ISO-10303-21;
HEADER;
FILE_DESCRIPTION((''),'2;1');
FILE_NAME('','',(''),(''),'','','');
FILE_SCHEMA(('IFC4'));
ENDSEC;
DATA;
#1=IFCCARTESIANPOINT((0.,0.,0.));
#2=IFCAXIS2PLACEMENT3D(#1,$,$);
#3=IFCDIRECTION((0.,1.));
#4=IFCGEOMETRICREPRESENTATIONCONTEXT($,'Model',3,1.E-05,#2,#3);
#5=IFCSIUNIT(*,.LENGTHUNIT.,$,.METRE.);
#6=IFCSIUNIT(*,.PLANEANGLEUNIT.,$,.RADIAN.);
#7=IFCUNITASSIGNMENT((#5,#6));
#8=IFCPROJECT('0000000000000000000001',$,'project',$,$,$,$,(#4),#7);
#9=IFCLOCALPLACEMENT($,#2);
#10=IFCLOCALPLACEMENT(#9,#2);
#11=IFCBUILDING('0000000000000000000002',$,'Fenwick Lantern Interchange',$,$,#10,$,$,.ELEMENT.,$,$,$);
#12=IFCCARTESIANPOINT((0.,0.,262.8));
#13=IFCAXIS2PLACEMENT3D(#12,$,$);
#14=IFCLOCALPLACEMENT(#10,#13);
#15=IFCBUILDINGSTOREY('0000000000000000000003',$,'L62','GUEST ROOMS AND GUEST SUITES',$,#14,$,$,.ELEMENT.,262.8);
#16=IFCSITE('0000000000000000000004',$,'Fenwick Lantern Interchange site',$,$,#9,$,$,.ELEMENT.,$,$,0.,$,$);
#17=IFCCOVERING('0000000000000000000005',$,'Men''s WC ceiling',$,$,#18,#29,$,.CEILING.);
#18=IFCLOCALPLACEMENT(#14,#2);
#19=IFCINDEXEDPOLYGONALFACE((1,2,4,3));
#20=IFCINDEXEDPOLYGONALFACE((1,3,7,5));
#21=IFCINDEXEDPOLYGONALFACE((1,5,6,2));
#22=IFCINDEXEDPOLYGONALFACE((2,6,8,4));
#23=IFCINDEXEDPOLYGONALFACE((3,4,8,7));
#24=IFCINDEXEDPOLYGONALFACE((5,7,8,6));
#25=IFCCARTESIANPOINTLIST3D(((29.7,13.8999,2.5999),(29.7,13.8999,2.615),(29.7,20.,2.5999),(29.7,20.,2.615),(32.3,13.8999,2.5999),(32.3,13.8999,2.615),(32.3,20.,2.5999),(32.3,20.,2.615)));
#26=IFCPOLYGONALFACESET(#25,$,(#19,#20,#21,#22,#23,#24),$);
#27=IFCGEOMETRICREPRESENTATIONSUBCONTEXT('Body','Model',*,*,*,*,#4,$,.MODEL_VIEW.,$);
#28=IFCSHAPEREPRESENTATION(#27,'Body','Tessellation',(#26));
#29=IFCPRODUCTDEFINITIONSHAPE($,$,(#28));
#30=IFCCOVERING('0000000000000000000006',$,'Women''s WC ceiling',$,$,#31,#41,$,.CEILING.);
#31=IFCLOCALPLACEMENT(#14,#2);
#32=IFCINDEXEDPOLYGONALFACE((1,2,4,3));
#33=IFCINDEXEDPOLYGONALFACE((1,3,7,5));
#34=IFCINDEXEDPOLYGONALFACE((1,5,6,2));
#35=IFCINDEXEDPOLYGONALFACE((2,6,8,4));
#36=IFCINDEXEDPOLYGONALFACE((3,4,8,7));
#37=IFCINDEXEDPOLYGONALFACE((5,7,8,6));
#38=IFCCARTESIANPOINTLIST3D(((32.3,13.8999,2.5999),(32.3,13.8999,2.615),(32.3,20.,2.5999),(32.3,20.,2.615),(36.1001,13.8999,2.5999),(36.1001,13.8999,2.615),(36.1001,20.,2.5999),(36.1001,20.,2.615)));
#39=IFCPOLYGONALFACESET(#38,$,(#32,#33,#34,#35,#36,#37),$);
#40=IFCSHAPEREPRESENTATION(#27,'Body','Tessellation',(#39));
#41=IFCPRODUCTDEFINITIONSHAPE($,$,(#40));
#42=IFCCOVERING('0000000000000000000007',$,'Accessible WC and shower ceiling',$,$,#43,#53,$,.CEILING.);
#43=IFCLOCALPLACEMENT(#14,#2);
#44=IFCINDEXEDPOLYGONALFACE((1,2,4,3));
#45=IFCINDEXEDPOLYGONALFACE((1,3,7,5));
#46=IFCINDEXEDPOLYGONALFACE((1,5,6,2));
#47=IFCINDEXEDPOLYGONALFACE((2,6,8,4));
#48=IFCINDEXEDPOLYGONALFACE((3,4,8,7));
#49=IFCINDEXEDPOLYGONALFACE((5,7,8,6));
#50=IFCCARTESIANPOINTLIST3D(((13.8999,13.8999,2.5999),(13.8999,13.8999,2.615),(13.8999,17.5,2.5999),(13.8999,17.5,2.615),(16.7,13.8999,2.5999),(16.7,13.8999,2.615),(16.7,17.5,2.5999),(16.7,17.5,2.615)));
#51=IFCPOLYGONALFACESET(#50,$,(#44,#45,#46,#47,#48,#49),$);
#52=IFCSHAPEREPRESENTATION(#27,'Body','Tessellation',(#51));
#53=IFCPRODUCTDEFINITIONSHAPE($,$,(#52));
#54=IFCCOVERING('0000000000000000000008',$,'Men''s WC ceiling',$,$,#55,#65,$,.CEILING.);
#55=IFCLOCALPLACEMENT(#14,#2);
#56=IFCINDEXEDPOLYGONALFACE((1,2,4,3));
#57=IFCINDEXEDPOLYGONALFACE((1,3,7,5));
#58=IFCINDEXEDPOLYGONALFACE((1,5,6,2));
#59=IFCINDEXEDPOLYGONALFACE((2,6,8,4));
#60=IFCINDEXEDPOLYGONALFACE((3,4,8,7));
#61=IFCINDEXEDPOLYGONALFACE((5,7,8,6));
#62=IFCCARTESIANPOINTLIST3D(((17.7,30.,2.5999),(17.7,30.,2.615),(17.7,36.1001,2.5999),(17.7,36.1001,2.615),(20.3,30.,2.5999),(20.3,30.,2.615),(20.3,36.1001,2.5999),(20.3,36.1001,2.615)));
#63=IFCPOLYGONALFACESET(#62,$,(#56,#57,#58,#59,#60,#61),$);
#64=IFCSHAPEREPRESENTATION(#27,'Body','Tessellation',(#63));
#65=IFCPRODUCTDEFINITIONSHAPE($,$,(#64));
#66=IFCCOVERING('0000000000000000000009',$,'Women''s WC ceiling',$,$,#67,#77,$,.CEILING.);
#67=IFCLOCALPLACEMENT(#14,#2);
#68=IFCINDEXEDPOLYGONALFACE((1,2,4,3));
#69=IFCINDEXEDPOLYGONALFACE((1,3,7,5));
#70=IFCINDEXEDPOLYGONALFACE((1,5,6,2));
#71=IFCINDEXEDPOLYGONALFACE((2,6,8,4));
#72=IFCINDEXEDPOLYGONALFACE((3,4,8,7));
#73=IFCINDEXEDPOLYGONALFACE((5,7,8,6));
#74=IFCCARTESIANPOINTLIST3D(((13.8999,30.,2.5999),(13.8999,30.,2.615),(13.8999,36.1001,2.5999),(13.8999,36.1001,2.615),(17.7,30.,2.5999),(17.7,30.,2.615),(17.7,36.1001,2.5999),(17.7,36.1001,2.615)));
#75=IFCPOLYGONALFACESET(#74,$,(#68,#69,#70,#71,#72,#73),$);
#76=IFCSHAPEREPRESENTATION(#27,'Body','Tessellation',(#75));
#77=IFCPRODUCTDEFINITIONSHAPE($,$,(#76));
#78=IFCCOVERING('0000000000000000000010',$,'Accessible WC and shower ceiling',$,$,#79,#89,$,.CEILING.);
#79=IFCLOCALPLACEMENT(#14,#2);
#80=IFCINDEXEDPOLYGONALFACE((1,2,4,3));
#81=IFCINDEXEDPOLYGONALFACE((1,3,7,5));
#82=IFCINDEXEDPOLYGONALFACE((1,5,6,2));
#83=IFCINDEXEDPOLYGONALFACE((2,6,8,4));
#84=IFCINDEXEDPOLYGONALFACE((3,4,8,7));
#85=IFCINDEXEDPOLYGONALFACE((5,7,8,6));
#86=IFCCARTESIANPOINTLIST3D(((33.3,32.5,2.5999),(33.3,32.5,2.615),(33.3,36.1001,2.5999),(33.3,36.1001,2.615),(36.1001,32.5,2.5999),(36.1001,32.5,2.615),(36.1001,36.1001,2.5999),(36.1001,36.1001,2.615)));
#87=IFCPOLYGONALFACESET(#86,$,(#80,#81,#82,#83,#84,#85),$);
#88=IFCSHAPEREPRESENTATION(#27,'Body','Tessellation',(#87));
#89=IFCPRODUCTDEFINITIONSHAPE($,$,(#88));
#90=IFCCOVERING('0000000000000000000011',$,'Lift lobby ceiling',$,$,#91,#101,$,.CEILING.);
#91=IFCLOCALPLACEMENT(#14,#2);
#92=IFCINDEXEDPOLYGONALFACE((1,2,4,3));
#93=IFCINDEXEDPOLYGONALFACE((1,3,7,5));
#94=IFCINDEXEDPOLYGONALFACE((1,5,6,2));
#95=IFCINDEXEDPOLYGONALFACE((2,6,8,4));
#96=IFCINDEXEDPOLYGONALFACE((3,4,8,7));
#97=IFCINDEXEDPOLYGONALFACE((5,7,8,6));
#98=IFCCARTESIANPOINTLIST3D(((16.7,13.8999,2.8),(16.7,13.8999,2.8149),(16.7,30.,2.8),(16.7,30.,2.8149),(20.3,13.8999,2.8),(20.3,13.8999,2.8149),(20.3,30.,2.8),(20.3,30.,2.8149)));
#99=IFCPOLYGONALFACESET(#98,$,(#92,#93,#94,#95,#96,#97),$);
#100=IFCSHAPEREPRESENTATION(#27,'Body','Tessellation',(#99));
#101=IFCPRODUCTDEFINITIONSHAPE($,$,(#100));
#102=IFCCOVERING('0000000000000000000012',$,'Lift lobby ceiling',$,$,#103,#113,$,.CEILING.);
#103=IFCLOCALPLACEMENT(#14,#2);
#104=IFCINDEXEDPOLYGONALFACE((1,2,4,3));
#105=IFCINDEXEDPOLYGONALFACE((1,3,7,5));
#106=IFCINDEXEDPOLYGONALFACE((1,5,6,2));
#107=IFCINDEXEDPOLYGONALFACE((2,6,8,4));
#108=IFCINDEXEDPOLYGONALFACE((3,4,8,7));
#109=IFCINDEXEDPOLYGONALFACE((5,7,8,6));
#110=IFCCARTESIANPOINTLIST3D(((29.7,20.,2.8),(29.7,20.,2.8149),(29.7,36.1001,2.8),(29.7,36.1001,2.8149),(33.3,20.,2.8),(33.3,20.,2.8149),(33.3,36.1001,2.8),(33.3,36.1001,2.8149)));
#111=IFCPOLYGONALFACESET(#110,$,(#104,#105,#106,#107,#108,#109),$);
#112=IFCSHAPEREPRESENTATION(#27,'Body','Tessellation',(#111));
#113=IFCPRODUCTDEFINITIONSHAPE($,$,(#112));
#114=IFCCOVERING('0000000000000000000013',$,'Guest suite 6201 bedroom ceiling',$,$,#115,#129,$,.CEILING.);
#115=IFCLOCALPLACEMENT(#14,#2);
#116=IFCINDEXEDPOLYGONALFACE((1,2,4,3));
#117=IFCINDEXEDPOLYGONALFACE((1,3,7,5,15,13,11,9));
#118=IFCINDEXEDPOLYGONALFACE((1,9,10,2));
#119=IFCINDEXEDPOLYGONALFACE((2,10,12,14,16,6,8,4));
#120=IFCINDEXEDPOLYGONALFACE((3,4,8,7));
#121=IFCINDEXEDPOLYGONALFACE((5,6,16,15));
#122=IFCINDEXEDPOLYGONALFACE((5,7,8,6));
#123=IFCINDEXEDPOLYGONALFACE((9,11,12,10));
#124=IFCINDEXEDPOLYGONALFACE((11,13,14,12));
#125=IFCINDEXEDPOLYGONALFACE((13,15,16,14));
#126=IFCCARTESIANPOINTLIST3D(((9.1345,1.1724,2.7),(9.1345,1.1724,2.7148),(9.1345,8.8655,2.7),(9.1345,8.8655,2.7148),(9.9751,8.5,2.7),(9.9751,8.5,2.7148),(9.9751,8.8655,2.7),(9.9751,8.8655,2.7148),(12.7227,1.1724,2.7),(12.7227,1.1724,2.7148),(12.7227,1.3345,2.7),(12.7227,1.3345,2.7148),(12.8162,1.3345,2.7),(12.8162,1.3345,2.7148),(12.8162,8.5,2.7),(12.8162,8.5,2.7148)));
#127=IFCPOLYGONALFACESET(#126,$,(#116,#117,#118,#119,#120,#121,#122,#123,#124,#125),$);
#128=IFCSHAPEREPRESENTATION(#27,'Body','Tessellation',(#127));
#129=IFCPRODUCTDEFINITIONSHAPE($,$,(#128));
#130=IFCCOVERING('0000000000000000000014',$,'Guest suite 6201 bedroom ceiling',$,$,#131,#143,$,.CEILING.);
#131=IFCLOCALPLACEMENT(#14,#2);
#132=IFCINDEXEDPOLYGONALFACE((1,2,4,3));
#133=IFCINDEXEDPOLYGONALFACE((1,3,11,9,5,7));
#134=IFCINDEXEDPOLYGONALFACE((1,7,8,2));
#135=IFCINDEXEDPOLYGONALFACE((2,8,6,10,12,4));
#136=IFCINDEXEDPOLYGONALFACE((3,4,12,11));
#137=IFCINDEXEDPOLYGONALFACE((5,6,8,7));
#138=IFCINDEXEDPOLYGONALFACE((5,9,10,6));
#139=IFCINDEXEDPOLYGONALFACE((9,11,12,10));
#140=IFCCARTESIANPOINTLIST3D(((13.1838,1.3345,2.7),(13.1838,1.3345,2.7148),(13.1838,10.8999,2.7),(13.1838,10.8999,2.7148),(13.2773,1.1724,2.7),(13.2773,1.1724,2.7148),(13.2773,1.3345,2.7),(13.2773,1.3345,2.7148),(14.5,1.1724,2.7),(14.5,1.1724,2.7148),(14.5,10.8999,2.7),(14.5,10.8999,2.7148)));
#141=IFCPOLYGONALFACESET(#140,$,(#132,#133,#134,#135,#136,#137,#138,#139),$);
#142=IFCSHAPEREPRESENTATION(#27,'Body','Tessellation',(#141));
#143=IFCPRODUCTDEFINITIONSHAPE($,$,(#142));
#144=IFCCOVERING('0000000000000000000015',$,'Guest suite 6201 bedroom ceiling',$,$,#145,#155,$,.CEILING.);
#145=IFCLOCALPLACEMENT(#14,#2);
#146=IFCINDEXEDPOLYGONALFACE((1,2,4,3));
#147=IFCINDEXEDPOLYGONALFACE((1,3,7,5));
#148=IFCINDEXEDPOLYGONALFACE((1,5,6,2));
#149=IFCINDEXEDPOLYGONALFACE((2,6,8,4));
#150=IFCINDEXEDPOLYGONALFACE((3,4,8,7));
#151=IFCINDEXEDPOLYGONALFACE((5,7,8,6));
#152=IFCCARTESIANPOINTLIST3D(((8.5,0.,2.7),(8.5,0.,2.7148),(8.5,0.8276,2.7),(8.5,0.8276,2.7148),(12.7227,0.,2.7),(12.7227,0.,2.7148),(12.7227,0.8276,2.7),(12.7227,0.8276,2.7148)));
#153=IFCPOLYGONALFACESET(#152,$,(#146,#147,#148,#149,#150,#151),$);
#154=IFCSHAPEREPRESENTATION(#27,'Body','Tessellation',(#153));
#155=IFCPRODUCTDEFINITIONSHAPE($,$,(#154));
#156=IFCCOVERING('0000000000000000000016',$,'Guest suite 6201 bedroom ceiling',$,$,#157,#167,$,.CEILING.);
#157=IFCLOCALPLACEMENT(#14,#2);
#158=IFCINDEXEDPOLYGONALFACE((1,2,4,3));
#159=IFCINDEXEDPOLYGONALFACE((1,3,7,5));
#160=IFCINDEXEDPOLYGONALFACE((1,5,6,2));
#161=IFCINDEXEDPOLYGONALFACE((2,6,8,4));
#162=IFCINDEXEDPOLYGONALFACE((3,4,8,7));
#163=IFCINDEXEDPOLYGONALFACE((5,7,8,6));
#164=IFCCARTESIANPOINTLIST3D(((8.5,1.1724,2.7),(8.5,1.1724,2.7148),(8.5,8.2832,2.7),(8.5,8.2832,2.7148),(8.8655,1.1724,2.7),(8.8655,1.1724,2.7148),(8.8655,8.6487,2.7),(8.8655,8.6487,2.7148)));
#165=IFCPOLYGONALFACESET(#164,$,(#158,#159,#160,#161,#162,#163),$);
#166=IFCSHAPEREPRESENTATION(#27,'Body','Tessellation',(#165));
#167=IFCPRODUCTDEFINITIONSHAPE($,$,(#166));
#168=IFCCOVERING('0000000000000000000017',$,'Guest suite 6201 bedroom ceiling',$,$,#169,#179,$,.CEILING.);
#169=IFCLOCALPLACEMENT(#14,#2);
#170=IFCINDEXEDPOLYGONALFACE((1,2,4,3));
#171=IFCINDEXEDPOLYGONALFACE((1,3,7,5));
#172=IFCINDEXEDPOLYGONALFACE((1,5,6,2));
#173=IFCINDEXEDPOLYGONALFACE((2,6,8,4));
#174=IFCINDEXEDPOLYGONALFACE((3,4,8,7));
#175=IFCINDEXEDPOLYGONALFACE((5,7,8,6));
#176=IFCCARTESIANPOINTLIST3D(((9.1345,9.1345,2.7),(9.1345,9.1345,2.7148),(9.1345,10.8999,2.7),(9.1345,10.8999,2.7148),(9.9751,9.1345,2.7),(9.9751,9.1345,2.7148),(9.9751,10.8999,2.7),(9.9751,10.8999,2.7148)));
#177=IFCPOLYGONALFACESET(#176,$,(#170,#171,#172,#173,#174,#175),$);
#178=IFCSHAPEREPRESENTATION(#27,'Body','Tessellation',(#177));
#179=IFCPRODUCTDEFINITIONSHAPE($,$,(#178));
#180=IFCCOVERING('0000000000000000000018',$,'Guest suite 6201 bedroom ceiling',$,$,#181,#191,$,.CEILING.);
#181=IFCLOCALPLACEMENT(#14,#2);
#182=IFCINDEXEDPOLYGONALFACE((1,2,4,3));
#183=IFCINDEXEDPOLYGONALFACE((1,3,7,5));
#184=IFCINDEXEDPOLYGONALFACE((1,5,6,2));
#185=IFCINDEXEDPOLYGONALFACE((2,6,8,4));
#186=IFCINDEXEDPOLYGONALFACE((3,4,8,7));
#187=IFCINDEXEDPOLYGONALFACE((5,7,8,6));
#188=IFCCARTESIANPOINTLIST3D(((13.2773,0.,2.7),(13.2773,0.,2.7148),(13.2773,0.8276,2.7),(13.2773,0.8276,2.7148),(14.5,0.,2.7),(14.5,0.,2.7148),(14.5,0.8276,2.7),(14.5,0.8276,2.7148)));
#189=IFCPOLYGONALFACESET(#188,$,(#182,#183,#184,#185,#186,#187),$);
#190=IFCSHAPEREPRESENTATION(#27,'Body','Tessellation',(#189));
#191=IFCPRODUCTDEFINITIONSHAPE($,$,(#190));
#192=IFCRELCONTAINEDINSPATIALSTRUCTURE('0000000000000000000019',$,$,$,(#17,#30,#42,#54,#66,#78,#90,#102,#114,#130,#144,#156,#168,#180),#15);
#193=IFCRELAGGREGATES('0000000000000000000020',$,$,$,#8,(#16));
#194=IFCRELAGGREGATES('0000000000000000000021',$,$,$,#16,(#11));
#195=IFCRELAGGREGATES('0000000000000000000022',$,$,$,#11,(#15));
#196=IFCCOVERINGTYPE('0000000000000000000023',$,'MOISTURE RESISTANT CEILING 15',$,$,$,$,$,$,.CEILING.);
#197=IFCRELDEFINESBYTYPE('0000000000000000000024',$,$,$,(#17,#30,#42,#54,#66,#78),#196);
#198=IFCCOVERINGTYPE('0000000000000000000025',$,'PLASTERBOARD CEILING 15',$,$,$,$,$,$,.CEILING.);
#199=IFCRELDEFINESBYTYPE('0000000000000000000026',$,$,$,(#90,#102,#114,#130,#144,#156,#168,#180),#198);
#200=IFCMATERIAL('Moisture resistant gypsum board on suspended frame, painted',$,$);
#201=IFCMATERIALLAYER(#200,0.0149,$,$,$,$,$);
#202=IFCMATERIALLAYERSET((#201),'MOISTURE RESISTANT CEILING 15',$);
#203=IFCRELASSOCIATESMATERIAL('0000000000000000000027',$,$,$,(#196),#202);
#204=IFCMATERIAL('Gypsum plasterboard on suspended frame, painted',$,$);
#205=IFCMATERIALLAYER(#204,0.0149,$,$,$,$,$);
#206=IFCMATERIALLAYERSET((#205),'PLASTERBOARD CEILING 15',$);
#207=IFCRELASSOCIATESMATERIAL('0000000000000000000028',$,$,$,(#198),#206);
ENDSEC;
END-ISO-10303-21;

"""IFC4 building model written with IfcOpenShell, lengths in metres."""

from ifc_helpers import new_model, si_unit, direction, frame, origin, place, context, subcontext, project, spatial, polyline, outline, extrude, material, layer, layer_set, type_object, element, save


model = new_model("IFC4")

# Units and contexts
model_context = context("Model", 3, precision=1e-05, world=origin(), true_north=direction((0.0, 1.0)))
body_context = subcontext(model_context, "Body", "Model", "MODEL_VIEW")
ifc_project = project(units=[si_unit("LENGTHUNIT", "METRE"), si_unit("PLANEANGLEUNIT", "RADIAN")], contexts=[model_context])

# Site, building, storey
site_placement = place(None, origin())
site = spatial("IfcSite", under=ifc_project, at=site_placement, Name="Fenwick Lantern Interchange site", CompositionType="ELEMENT", RefElevation=0.0)
building_placement = place(site_placement, origin())
building = spatial("IfcBuilding", under=site, at=building_placement, Name="Fenwick Lantern Interchange", CompositionType="ELEMENT")
storey_placement = place(building_placement, frame((0.0, 0.0, 262.8)))
storey = spatial("IfcBuildingStorey", under=building, at=storey_placement, Name="L62", Description="GUEST ROOMS AND GUEST SUITES", CompositionType="ELEMENT", Elevation=262.8)

# Coverings
ifc_material_1 = material(Name="Moisture resistant gypsum board on suspended frame, painted")
ifc_layer_1 = layer(ifc_material_1, 0.0149)
ifc_layer_set_1 = layer_set([ifc_layer_1], Name="MOISTURE RESISTANT CEILING 15")
covering_type_1 = type_object("IfcCoveringType", Name="MOISTURE RESISTANT CEILING 15", PredefinedType="CEILING", material=ifc_layer_set_1)
covering_1_placement = place(storey_placement, frame((0.0, 0.0, 2.5999)))
element("IfcCovering", 1, at=covering_1_placement, inside=storey, type_object=covering_type_1, Name="Men's WC ceiling", PredefinedType="CEILING", context=body_context, shape_type="SweptSolid", body=[
    extrude(outline(polyline([(29.7, 13.8999), (32.3, 13.8999), (32.3, 20.0), (29.7, 20.0), (29.7, 13.8999)])), origin(), (0.0, 0.0, 1.0), 0.0151),
])
covering_2_placement = place(storey_placement, frame((0.0, 0.0, 2.5999)))
element("IfcCovering", 2, at=covering_2_placement, inside=storey, type_object=covering_type_1, Name="Women's WC ceiling", PredefinedType="CEILING", context=body_context, shape_type="SweptSolid", body=[
    extrude(outline(polyline([(32.3, 13.8999), (36.1001, 13.8999), (36.1001, 20.0), (32.3, 20.0), (32.3, 13.8999)])), origin(), (0.0, 0.0, 1.0), 0.0151),
])
covering_3_placement = place(storey_placement, frame((0.0, 0.0, 2.5999)))
element("IfcCovering", 3, at=covering_3_placement, inside=storey, type_object=covering_type_1, Name="Accessible WC and shower ceiling", PredefinedType="CEILING", context=body_context, shape_type="SweptSolid", body=[
    extrude(outline(polyline([(13.8999, 13.8999), (16.7, 13.8999), (16.7, 17.5), (13.8999, 17.5), (13.8999, 13.8999)])), origin(), (0.0, 0.0, 1.0), 0.0151),
])
covering_4_placement = place(storey_placement, frame((0.0, 0.0, 2.5999)))
element("IfcCovering", 4, at=covering_4_placement, inside=storey, type_object=covering_type_1, Name="Men's WC ceiling", PredefinedType="CEILING", context=body_context, shape_type="SweptSolid", body=[
    extrude(outline(polyline([(20.3, 36.1001), (17.7, 36.1001), (17.7, 30.0), (20.3, 30.0), (20.3, 36.1001)])), origin(), (0.0, 0.0, 1.0), 0.0151),
])
covering_5_placement = place(storey_placement, frame((0.0, 0.0, 2.5999)))
element("IfcCovering", 5, at=covering_5_placement, inside=storey, type_object=covering_type_1, Name="Women's WC ceiling", PredefinedType="CEILING", context=body_context, shape_type="SweptSolid", body=[
    extrude(outline(polyline([(17.7, 36.1001), (13.8999, 36.1001), (13.8999, 30.0), (17.7, 30.0), (17.7, 36.1001)])), origin(), (0.0, 0.0, 1.0), 0.0151),
])
covering_6_placement = place(storey_placement, frame((0.0, 0.0, 2.5999)))
element("IfcCovering", 6, at=covering_6_placement, inside=storey, type_object=covering_type_1, Name="Accessible WC and shower ceiling", PredefinedType="CEILING", context=body_context, shape_type="SweptSolid", body=[
    extrude(outline(polyline([(36.1001, 36.1001), (33.3, 36.1001), (33.3, 32.5), (36.1001, 32.5), (36.1001, 36.1001)])), origin(), (0.0, 0.0, 1.0), 0.0151),
])
ifc_material_2 = material(Name="Gypsum plasterboard on suspended frame, painted")
ifc_layer_2 = layer(ifc_material_2, 0.0149)
ifc_layer_set_2 = layer_set([ifc_layer_2], Name="PLASTERBOARD CEILING 15")
covering_type_2 = type_object("IfcCoveringType", Name="PLASTERBOARD CEILING 15", PredefinedType="CEILING", material=ifc_layer_set_2)
covering_7_placement = place(storey_placement, frame((0.0, 0.0, 2.8)))
element("IfcCovering", 7, at=covering_7_placement, inside=storey, type_object=covering_type_2, Name="Lift lobby ceiling", PredefinedType="CEILING", context=body_context, shape_type="SweptSolid", body=[
    extrude(outline(polyline([(16.7, 13.8999), (20.3, 13.8999), (20.3, 30.0), (16.7, 30.0), (16.7, 13.8999)])), origin(), (0.0, 0.0, 1.0), 0.0149),
])
covering_8_placement = place(storey_placement, frame((0.0, 0.0, 2.8)))
element("IfcCovering", 8, at=covering_8_placement, inside=storey, type_object=covering_type_2, Name="Lift lobby ceiling", PredefinedType="CEILING", context=body_context, shape_type="SweptSolid", body=[
    extrude(outline(polyline([(33.3, 36.1001), (29.7, 36.1001), (29.7, 20.0), (33.3, 20.0), (33.3, 36.1001)])), origin(), (0.0, 0.0, 1.0), 0.0149),
])
covering_9_placement = place(storey_placement, frame((0.0, 0.0, 2.7)))
element("IfcCovering", 9, at=covering_9_placement, inside=storey, type_object=covering_type_2, Name="Guest suite 6201 bedroom ceiling", PredefinedType="CEILING", context=body_context, shape_type="SweptSolid", body=[
    extrude(outline(polyline([(12.7227, 1.3345), (12.8162, 1.3345), (12.8162, 8.5), (9.9751, 8.5), (9.9751, 8.8655), (9.1345, 8.8655), (9.1345, 1.1724), (12.7227, 1.1724), (12.7227, 1.3345)])), origin(), (0.0, 0.0, 1.0), 0.0149),
])
covering_10_placement = place(storey_placement, frame((0.0, 0.0, 2.7)))
element("IfcCovering", 10, at=covering_10_placement, inside=storey, type_object=covering_type_2, Name="Guest suite 6201 bedroom ceiling", PredefinedType="CEILING", context=body_context, shape_type="SweptSolid", body=[
    extrude(outline(polyline([(13.2773, 1.3345), (13.2773, 1.1724), (14.5, 1.1724), (14.5, 10.8999), (13.1838, 10.8999), (13.1838, 1.3345), (13.2773, 1.3345)])), origin(), (0.0, 0.0, 1.0), 0.0149),
])
covering_11_placement = place(storey_placement, frame((0.0, 0.0, 2.7)))
element("IfcCovering", 11, at=covering_11_placement, inside=storey, type_object=covering_type_2, Name="Guest suite 6201 bedroom ceiling", PredefinedType="CEILING", context=body_context, shape_type="SweptSolid", body=[
    extrude(outline(polyline([(12.7227, 0.0), (12.7227, 0.8276), (8.5, 0.8276), (8.5, 0.0), (12.7227, 0.0)])), origin(), (0.0, 0.0, 1.0), 0.0149),
])
covering_12_placement = place(storey_placement, frame((0.0, 0.0, 2.7)))
element("IfcCovering", 12, at=covering_12_placement, inside=storey, type_object=covering_type_2, Name="Guest suite 6201 bedroom ceiling", PredefinedType="CEILING", context=body_context, shape_type="SweptSolid", body=[
    extrude(outline(polyline([(8.5, 8.2832), (8.5, 1.1724), (8.8655, 1.1724), (8.8655, 8.6487), (8.5, 8.2832)])), origin(), (0.0, 0.0, 1.0), 0.0149),
])
covering_13_placement = place(storey_placement, frame((0.0, 0.0, 2.7)))
element("IfcCovering", 13, at=covering_13_placement, inside=storey, type_object=covering_type_2, Name="Guest suite 6201 bedroom ceiling", PredefinedType="CEILING", context=body_context, shape_type="SweptSolid", body=[
    extrude(outline(polyline([(9.9751, 10.8999), (9.1345, 10.8999), (9.1345, 9.1345), (9.9751, 9.1345), (9.9751, 10.8999)])), origin(), (0.0, 0.0, 1.0), 0.0149),
])
covering_14_placement = place(storey_placement, frame((0.0, 0.0, 2.7)))
element("IfcCovering", 14, at=covering_14_placement, inside=storey, type_object=covering_type_2, Name="Guest suite 6201 bedroom ceiling", PredefinedType="CEILING", context=body_context, shape_type="SweptSolid", body=[
    extrude(outline(polyline([(13.2773, 0.0), (14.5, 0.0), (14.5, 0.8276), (13.2773, 0.8276), (13.2773, 0.0)])), origin(), (0.0, 0.0, 1.0), 0.0149),
])

save(model, "model.ifc")
